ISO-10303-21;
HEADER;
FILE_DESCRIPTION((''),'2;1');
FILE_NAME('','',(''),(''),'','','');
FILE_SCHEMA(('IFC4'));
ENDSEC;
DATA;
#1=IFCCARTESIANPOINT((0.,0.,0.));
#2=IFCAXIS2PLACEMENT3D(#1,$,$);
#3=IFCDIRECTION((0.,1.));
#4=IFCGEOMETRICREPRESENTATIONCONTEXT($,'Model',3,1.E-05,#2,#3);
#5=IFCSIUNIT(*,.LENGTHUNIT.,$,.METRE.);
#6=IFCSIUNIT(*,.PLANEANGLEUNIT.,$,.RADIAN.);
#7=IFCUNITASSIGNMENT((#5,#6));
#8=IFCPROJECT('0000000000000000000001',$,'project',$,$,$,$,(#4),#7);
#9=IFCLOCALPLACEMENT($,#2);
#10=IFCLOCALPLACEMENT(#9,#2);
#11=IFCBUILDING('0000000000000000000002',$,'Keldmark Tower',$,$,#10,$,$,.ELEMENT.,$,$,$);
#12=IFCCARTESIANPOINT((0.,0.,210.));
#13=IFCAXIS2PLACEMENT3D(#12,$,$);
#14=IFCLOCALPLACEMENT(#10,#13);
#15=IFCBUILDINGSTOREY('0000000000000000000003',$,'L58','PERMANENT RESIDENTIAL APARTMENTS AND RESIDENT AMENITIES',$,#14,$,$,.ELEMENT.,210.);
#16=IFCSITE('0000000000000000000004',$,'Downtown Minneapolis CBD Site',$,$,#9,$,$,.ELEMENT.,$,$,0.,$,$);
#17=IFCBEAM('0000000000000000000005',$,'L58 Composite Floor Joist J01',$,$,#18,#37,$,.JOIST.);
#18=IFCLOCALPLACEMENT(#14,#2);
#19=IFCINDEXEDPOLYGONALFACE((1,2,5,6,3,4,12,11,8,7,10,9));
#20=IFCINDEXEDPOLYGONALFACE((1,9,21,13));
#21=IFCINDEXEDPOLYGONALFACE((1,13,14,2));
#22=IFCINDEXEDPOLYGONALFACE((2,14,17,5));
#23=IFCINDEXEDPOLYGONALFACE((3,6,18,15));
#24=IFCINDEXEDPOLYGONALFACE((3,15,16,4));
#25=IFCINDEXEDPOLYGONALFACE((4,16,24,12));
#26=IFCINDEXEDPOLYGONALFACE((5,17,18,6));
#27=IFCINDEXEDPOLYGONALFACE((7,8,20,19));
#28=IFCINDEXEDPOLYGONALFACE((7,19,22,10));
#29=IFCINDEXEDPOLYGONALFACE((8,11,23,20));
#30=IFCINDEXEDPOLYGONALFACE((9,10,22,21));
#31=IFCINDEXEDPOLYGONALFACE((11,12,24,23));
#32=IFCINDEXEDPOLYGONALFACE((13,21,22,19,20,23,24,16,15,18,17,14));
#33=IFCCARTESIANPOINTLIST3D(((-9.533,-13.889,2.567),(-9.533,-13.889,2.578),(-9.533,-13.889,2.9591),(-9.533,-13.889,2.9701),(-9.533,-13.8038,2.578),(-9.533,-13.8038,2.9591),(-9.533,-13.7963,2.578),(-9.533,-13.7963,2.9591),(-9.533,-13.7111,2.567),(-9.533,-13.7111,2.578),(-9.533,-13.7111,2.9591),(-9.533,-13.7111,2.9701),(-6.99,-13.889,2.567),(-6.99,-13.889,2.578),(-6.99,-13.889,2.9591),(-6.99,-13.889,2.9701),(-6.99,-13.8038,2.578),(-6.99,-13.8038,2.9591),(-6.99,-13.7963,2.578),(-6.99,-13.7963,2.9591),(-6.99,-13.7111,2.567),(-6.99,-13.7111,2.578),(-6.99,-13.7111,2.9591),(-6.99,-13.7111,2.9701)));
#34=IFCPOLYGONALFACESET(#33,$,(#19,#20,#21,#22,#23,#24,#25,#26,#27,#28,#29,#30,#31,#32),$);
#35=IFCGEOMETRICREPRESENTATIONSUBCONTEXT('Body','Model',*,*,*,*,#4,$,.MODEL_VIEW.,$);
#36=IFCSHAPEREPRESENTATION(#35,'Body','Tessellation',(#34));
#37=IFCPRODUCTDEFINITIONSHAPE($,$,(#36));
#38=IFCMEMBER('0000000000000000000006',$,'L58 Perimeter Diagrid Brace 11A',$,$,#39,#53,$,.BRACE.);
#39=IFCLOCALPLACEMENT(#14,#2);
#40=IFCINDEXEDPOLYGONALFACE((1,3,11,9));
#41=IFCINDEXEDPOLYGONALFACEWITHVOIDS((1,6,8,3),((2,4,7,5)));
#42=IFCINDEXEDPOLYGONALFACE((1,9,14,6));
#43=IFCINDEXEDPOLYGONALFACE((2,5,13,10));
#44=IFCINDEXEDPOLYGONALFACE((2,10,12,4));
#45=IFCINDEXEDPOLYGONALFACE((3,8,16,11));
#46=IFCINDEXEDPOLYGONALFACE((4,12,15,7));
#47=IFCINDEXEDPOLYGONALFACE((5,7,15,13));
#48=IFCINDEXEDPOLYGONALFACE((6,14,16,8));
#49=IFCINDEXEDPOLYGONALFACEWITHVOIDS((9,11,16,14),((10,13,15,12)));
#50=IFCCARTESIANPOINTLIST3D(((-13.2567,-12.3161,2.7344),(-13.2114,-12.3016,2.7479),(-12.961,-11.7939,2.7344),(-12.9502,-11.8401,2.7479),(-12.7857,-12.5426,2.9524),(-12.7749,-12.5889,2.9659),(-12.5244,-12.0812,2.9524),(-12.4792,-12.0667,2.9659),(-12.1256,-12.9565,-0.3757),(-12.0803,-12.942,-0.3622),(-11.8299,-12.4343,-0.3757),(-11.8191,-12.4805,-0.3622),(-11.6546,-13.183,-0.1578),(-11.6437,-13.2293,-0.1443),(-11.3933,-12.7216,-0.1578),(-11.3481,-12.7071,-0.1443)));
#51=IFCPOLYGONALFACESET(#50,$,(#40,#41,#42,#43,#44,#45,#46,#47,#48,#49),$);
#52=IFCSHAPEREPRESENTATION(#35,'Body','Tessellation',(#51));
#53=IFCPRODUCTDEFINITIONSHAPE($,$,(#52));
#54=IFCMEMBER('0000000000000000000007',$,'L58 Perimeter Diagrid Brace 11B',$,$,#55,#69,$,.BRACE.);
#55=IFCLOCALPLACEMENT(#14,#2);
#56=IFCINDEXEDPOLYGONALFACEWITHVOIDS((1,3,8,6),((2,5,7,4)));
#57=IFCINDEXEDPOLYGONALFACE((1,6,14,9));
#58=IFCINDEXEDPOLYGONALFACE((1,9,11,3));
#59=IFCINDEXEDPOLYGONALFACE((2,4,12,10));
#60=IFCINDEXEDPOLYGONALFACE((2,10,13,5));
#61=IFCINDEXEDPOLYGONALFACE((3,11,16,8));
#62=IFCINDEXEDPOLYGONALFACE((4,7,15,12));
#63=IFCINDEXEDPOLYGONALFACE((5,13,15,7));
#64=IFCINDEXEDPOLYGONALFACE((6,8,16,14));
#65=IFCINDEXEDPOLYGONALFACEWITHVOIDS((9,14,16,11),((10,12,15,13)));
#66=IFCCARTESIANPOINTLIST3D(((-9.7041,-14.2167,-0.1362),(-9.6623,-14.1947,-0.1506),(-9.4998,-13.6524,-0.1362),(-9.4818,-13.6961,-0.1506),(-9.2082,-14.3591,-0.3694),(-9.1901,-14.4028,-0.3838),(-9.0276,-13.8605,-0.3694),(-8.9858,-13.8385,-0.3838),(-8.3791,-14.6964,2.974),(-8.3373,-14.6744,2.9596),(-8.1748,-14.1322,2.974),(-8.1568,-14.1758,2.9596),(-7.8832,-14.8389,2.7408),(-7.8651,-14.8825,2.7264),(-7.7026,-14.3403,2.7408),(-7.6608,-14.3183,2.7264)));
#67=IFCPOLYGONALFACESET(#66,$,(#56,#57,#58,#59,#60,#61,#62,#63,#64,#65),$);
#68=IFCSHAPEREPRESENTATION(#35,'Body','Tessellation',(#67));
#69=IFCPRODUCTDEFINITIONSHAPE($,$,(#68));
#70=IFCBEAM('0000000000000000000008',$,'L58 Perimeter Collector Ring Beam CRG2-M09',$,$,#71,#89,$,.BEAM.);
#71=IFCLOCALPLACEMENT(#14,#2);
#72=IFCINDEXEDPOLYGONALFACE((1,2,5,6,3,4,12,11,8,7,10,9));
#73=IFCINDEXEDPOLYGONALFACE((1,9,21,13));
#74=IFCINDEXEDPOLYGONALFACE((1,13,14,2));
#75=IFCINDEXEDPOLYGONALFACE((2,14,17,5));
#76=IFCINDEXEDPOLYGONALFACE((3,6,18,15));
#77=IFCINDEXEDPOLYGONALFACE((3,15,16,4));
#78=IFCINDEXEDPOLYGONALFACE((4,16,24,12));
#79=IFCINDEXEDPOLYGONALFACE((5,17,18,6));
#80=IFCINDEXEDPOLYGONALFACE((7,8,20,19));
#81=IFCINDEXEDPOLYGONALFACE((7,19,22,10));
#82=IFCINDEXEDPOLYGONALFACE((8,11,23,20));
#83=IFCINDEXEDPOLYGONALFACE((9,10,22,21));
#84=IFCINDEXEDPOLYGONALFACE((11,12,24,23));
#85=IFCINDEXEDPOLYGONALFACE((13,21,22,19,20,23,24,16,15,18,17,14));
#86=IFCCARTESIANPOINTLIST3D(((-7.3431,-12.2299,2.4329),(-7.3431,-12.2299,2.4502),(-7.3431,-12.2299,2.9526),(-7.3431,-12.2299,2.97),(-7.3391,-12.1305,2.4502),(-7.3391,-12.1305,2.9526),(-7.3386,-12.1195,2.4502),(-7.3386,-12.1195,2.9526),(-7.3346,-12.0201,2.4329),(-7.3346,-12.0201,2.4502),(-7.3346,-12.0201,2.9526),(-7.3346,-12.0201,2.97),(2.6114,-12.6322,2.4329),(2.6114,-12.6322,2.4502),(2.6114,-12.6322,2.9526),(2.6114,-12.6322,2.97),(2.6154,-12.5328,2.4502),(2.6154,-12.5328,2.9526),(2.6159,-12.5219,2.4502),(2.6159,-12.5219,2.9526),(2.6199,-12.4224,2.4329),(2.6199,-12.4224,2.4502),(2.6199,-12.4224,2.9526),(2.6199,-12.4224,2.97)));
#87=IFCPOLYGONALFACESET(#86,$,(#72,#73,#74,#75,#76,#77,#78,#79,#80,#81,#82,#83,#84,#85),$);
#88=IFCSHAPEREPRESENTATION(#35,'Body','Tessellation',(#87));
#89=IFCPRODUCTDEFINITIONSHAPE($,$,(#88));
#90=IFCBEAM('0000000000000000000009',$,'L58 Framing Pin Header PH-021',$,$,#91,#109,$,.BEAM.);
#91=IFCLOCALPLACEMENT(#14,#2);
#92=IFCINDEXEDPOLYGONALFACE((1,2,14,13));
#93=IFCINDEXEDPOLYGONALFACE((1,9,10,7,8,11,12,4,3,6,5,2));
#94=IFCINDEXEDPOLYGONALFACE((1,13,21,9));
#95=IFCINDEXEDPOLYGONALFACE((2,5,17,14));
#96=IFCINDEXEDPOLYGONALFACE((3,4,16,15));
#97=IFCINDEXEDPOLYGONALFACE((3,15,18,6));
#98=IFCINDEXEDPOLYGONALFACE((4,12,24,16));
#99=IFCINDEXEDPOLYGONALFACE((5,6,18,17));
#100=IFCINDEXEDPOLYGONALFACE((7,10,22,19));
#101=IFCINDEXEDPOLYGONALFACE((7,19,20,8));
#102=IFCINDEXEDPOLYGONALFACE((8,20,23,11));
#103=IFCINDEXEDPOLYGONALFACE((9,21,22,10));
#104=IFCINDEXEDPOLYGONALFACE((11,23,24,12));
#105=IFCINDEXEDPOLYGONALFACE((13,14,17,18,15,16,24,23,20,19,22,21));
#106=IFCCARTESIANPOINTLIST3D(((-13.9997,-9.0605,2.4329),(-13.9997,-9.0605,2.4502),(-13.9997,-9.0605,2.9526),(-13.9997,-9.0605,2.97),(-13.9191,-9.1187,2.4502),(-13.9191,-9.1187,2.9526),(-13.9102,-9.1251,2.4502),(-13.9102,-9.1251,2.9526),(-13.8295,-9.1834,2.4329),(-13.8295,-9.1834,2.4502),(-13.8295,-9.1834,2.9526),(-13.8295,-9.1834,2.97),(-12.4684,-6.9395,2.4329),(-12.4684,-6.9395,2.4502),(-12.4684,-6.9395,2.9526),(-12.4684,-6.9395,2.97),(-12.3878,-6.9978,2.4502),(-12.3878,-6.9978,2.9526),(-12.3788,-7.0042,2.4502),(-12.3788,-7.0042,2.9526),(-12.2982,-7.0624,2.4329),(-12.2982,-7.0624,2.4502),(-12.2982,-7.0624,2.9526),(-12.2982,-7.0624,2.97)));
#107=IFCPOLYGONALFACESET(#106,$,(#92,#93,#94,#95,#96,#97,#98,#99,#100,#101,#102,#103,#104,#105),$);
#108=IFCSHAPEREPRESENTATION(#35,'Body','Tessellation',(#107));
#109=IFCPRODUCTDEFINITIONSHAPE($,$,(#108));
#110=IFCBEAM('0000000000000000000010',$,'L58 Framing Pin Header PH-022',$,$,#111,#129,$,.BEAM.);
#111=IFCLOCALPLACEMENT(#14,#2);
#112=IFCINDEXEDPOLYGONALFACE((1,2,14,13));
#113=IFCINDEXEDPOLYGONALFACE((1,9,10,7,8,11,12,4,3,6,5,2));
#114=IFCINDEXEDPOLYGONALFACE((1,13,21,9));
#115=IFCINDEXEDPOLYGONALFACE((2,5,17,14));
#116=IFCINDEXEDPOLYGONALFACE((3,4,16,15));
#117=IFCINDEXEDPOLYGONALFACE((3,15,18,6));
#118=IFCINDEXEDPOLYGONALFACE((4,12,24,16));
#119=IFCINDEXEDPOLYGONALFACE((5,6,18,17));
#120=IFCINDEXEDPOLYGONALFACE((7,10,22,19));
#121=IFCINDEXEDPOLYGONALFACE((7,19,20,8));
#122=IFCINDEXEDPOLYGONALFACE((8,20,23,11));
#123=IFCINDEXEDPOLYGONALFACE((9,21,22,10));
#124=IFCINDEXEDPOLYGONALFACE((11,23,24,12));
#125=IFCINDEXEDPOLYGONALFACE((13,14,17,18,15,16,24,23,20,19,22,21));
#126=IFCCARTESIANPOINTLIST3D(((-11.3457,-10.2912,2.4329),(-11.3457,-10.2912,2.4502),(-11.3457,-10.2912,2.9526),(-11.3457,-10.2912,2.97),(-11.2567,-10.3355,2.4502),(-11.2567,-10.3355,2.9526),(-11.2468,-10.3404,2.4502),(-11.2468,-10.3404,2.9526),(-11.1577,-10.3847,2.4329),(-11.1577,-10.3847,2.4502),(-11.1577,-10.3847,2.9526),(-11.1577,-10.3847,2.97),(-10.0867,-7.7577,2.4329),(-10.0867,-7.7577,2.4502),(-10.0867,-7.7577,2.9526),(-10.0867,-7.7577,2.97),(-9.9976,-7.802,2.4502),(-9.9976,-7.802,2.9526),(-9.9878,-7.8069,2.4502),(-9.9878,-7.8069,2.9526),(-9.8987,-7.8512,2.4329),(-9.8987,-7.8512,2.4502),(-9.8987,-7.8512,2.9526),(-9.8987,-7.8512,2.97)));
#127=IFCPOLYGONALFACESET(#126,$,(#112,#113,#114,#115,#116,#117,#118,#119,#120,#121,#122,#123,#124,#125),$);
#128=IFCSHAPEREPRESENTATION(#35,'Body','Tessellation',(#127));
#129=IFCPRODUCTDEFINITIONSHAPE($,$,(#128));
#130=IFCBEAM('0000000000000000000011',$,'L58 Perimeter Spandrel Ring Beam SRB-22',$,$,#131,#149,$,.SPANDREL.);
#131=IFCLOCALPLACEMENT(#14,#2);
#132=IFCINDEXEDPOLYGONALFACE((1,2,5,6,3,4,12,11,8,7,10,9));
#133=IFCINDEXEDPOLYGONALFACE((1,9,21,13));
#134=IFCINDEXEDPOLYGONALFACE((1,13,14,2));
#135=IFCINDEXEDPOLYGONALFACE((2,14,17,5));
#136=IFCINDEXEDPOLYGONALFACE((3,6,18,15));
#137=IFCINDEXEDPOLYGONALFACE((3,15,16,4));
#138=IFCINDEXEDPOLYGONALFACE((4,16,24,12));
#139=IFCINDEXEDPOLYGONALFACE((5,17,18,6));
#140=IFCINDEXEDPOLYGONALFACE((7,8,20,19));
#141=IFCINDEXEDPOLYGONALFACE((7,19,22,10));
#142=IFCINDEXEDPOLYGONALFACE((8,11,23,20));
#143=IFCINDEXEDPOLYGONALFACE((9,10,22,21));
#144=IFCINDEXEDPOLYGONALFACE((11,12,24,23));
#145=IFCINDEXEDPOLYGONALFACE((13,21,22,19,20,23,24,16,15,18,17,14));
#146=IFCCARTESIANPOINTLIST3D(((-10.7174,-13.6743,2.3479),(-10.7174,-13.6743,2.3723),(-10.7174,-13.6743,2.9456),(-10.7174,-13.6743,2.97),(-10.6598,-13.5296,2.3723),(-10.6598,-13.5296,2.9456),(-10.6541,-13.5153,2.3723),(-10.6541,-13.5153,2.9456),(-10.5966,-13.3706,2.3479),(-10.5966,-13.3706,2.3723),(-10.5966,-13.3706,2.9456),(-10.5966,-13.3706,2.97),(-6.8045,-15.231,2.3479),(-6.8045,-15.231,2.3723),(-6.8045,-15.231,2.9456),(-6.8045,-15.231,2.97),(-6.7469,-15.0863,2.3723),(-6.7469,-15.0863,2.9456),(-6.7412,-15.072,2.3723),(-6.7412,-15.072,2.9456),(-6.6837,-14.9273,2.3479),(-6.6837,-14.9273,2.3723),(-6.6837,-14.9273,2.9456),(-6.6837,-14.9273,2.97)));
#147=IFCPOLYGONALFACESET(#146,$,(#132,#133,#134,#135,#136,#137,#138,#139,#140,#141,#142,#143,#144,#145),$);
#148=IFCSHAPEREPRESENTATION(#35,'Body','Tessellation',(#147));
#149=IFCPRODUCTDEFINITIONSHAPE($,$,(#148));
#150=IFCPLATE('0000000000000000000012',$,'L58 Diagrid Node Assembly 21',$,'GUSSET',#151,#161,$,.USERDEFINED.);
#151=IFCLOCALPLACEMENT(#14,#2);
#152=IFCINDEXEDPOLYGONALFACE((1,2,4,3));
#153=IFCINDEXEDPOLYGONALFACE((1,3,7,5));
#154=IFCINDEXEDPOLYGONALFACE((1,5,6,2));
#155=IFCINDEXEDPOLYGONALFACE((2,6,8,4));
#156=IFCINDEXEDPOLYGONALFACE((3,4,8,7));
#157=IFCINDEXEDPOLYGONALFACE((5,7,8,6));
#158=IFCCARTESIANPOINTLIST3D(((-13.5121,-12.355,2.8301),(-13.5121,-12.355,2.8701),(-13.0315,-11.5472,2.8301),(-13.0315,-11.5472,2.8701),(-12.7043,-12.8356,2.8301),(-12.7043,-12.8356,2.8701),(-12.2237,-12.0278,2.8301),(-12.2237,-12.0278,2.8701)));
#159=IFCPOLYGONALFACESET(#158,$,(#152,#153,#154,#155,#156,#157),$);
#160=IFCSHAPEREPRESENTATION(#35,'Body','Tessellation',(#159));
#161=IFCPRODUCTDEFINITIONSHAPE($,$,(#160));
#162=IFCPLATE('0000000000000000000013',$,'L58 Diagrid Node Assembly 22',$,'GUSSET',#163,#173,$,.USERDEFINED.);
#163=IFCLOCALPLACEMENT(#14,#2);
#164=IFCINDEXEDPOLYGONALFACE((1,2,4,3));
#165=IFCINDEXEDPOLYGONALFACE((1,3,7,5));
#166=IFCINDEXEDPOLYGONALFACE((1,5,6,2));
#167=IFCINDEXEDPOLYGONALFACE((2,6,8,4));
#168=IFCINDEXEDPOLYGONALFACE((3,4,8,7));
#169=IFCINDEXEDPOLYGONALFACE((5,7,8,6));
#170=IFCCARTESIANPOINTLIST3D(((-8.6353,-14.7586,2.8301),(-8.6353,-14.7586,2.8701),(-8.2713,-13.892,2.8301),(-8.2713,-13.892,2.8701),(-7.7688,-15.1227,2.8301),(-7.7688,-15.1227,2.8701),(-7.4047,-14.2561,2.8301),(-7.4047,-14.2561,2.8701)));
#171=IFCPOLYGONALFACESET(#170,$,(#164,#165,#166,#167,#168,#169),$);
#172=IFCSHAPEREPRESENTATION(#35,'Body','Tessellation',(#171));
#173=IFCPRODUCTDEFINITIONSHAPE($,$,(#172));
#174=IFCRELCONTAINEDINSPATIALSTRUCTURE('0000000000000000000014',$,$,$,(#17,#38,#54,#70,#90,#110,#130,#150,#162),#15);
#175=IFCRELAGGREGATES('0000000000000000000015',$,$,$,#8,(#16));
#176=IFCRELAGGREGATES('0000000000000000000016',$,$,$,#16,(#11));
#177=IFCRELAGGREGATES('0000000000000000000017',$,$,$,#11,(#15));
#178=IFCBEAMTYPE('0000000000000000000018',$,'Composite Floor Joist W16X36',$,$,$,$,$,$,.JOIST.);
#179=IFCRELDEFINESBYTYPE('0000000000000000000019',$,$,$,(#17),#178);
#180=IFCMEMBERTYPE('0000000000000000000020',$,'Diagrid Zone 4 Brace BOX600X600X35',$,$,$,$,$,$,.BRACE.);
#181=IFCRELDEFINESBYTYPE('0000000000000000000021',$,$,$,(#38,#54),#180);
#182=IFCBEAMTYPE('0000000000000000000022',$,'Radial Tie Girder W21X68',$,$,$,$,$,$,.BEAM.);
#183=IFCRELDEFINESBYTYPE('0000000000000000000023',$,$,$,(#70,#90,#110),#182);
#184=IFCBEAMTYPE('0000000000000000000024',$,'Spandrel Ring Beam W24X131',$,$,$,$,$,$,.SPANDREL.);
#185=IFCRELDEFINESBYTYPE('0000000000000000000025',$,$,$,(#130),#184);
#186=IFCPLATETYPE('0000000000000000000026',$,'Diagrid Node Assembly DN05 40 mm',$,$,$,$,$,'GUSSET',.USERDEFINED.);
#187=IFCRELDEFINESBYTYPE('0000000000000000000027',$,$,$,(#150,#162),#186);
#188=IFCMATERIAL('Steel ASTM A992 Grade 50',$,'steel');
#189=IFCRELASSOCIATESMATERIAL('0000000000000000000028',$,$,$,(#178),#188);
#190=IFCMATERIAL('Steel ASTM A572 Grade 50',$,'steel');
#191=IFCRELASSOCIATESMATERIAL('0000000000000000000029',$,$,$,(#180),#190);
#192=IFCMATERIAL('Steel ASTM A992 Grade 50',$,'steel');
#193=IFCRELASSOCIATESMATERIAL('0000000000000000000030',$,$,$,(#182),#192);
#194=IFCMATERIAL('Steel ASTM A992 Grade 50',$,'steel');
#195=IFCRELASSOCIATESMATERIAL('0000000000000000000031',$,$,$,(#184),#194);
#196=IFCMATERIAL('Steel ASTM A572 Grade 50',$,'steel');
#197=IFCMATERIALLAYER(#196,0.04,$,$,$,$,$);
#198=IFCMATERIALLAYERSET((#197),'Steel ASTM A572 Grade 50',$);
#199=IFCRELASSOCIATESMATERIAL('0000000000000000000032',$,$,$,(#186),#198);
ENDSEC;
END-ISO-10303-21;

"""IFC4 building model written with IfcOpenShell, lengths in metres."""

from ifc_helpers import new_model, si_unit, direction, frame, origin, origin_2d, place, context, subcontext, project, spatial, rectangle, hollow_rectangle, i_section, extrude, material, layer, layer_set, material_profile, profile_set, type_object, element, save


model = new_model("IFC4")

# Units and contexts
model_context = context("Model", 3, precision=1e-05, world=origin(), true_north=direction((0.0, 1.0)))
body_context = subcontext(model_context, "Body", "Model", "MODEL_VIEW")
ifc_project = project(units=[si_unit("LENGTHUNIT", "METRE"), si_unit("PLANEANGLEUNIT", "RADIAN")], contexts=[model_context])

# Site, building, storey
site_placement = place(None, origin())
site = spatial("IfcSite", under=ifc_project, at=site_placement, Name="Downtown Minneapolis CBD Site", CompositionType="ELEMENT", RefElevation=0.0)
building_placement = place(site_placement, origin())
building = spatial("IfcBuilding", under=site, at=building_placement, Name="Keldmark Tower", CompositionType="ELEMENT")
storey_placement = place(building_placement, frame((0.0, 0.0, 210.0)))
storey = spatial("IfcBuildingStorey", under=building, at=storey_placement, Name="L58", Description="PERMANENT RESIDENTIAL APARTMENTS AND RESIDENT AMENITIES", CompositionType="ELEMENT", Elevation=210.0)

# Beam
ifc_material_1 = material(Name="Steel ASTM A992 Grade 50", Category="steel")
ifc_material_profile_1 = material_profile(ifc_material_1, i_section(OverallWidth=0.178, OverallDepth=0.4031, WebThickness=0.0076, FlangeThickness=0.011, at=origin_2d()), Name="W16X36")
ifc_profile_set_1 = profile_set([ifc_material_profile_1], Name="Steel ASTM A992 Grade 50")
beam_type_1 = type_object("IfcBeamType", Name="Composite Floor Joist W16X36", PredefinedType="JOIST", material=ifc_profile_set_1)
beam_1_placement = place(storey_placement, frame((-9.533, -13.8, 2.7686), z_axis=(1.0, 0.0, 0.0), x_axis=(0.0, 1.0, 0.0)))
element("IfcBeam", 1, at=beam_1_placement, inside=storey, type_object=beam_type_1, Name="L58 Composite Floor Joist J01", PredefinedType="JOIST", context=body_context, shape_type="SweptSolid", body=[
    extrude(i_section(OverallWidth=0.178, OverallDepth=0.4031, WebThickness=0.0076, FlangeThickness=0.011, at=origin_2d()), origin(), (0.0, 0.0, 1.0), 2.543),
])

# Members
ifc_material_2 = material(Name="Steel ASTM A572 Grade 50", Category="steel")
ifc_material_profile_2 = material_profile(ifc_material_2, hollow_rectangle(XDim=0.6001, YDim=0.6001, WallThickness=0.0349, at=origin_2d()), Name="BOX600X600X35")
ifc_profile_set_2 = profile_set([ifc_material_profile_2], Name="Steel ASTM A572 Grade 50")
member_type = type_object("IfcMemberType", Name="Diagrid Zone 4 Brace BOX600X600X35", PredefinedType="BRACE", material=ifc_profile_set_2)
member_1_placement = place(storey_placement, frame((-11.7368, -12.8318, -0.26), z_axis=(-0.33556, 0.189979, 0.922663), x_axis=(-0.492676, -0.870213, 0.0)))
element("IfcMember", 2, at=member_1_placement, inside=storey, type_object=member_type, Name="L58 Perimeter Diagrid Brace 11A", PredefinedType="BRACE", context=body_context, shape_type="SweptSolid", body=[
    extrude(hollow_rectangle(XDim=0.6001, YDim=0.6001, WallThickness=0.0349, at=origin_2d()), origin(), (0.0, 0.0, 1.0), 3.3708),
])
member_2_placement = place(storey_placement, frame((-9.345, -14.0276, -0.26), z_axis=(0.388043, -0.140502, 0.910869), x_axis=(0.340449, 0.940263, 0.0)))
element("IfcMember", 3, at=member_2_placement, inside=storey, type_object=member_type, Name="L58 Perimeter Diagrid Brace 11B", PredefinedType="BRACE", context=body_context, shape_type="SweptSolid", body=[
    extrude(hollow_rectangle(XDim=0.6001, YDim=0.6001, WallThickness=0.0349, at=origin_2d()), origin(), (0.0, 0.0, 1.0), 3.4146),
])

# Beams
ifc_material_3 = material(Name="Steel ASTM A992 Grade 50", Category="steel")
ifc_material_profile_3 = material_profile(ifc_material_3, i_section(OverallWidth=0.21, OverallDepth=0.5371, WebThickness=0.011, FlangeThickness=0.0173, at=origin_2d()), Name="W21X68")
ifc_profile_set_3 = profile_set([ifc_material_profile_3], Name="Steel ASTM A992 Grade 50")
beam_type_2 = type_object("IfcBeamType", Name="Radial Tie Girder W21X68", PredefinedType="BEAM", material=ifc_profile_set_3)
beam_2_placement = place(storey_placement, frame((-7.3389, -12.125, 2.7014), z_axis=(0.999184, -0.040385, 0.0), x_axis=(0.040385, 0.999184, 0.0)))
element("IfcBeam", 4, at=beam_2_placement, inside=storey, type_object=beam_type_2, Name="L58 Perimeter Collector Ring Beam CRG2-M09", PredefinedType="BEAM", context=body_context, shape_type="SweptSolid", body=[
    extrude(i_section(OverallWidth=0.21, OverallDepth=0.5371, WebThickness=0.011, FlangeThickness=0.0173, at=origin_2d()), origin(), (0.0, 0.0, 1.0), 9.9626),
])
beam_3_placement = place(storey_placement, frame((-12.3833, -7.001, 2.7014), z_axis=(-0.585371, -0.810765, 0.0), x_axis=(0.810765, -0.585371, 0.0)))
element("IfcBeam", 5, at=beam_3_placement, inside=storey, type_object=beam_type_2, Name="L58 Framing Pin Header PH-021", PredefinedType="BEAM", context=body_context, shape_type="SweptSolid", body=[
    extrude(i_section(OverallWidth=0.21, OverallDepth=0.5371, WebThickness=0.011, FlangeThickness=0.0173, at=origin_2d()), origin(), (0.0, 0.0, 1.0), 2.616),
])
beam_4_placement = place(storey_placement, frame((-9.9927, -7.8044, 2.7014), z_axis=(-0.445038, -0.895512, 0.0), x_axis=(0.895512, -0.445038, 0.0)))
element("IfcBeam", 6, at=beam_4_placement, inside=storey, type_object=beam_type_2, Name="L58 Framing Pin Header PH-022", PredefinedType="BEAM", context=body_context, shape_type="SweptSolid", body=[
    extrude(i_section(OverallWidth=0.21, OverallDepth=0.5371, WebThickness=0.011, FlangeThickness=0.0173, at=origin_2d()), origin(), (0.0, 0.0, 1.0), 2.8291),
])
ifc_material_4 = material(Name="Steel ASTM A992 Grade 50", Category="steel")
ifc_material_profile_4 = material_profile(ifc_material_4, i_section(OverallWidth=0.3269, OverallDepth=0.6221, WebThickness=0.0154, FlangeThickness=0.0244, at=origin_2d()), Name="W24X131")
ifc_profile_set_4 = profile_set([ifc_material_profile_4], Name="Steel ASTM A992 Grade 50")
beam_type_3 = type_object("IfcBeamType", Name="Spandrel Ring Beam W24X131", PredefinedType="SPANDREL", material=ifc_profile_set_4)
beam_5_placement = place(storey_placement, frame((-10.657, -13.5225, 2.6589), z_axis=(0.929171, -0.369651, 0.0), x_axis=(0.369651, 0.929171, 0.0)))
element("IfcBeam", 7, at=beam_5_placement, inside=storey, type_object=beam_type_3, Name="L58 Perimeter Spandrel Ring Beam SRB-22", PredefinedType="SPANDREL", context=body_context, shape_type="SweptSolid", body=[
    extrude(i_section(OverallWidth=0.3269, OverallDepth=0.6221, WebThickness=0.0154, FlangeThickness=0.0244, at=origin_2d()), origin(), (0.0, 0.0, 1.0), 4.2112),
])

# Plates
ifc_material_5 = material(Name="Steel ASTM A572 Grade 50", Category="steel")
ifc_layer_1 = layer(ifc_material_5, 0.04)
ifc_layer_set_1 = layer_set([ifc_layer_1], Name="Steel ASTM A572 Grade 50")
plate_type = type_object("IfcPlateType", Name="Diagrid Node Assembly DN05 40 mm", ElementType="GUSSET", PredefinedType="USERDEFINED", material=ifc_layer_set_1)
for number, where, z_axis, x_axis, name in (
    (8, (-12.8679, -12.1914, 2.8301), (0.0, 0.0, 1.0), (0.859406, -0.511293, 0.0), "L58 Diagrid Node Assembly 21"),
    (9, (-8.02, -14.5073, 2.8301), (0.0, 0.0, 1.0), (0.921931, -0.387355, 0.0), "L58 Diagrid Node Assembly 22"),
):
    element("IfcPlate", number, at=place(storey_placement, frame(where, z_axis=z_axis, x_axis=x_axis)), inside=storey, type_object=plate_type, Name=name, ObjectType="GUSSET", PredefinedType="USERDEFINED", context=body_context, shape_type="SweptSolid", body=[
        extrude(rectangle(XDim=0.9399, YDim=0.9399, at=origin_2d()), origin(), (0.0, 0.0, 1.0), 0.04),
    ])

save(model, "model.ifc")
